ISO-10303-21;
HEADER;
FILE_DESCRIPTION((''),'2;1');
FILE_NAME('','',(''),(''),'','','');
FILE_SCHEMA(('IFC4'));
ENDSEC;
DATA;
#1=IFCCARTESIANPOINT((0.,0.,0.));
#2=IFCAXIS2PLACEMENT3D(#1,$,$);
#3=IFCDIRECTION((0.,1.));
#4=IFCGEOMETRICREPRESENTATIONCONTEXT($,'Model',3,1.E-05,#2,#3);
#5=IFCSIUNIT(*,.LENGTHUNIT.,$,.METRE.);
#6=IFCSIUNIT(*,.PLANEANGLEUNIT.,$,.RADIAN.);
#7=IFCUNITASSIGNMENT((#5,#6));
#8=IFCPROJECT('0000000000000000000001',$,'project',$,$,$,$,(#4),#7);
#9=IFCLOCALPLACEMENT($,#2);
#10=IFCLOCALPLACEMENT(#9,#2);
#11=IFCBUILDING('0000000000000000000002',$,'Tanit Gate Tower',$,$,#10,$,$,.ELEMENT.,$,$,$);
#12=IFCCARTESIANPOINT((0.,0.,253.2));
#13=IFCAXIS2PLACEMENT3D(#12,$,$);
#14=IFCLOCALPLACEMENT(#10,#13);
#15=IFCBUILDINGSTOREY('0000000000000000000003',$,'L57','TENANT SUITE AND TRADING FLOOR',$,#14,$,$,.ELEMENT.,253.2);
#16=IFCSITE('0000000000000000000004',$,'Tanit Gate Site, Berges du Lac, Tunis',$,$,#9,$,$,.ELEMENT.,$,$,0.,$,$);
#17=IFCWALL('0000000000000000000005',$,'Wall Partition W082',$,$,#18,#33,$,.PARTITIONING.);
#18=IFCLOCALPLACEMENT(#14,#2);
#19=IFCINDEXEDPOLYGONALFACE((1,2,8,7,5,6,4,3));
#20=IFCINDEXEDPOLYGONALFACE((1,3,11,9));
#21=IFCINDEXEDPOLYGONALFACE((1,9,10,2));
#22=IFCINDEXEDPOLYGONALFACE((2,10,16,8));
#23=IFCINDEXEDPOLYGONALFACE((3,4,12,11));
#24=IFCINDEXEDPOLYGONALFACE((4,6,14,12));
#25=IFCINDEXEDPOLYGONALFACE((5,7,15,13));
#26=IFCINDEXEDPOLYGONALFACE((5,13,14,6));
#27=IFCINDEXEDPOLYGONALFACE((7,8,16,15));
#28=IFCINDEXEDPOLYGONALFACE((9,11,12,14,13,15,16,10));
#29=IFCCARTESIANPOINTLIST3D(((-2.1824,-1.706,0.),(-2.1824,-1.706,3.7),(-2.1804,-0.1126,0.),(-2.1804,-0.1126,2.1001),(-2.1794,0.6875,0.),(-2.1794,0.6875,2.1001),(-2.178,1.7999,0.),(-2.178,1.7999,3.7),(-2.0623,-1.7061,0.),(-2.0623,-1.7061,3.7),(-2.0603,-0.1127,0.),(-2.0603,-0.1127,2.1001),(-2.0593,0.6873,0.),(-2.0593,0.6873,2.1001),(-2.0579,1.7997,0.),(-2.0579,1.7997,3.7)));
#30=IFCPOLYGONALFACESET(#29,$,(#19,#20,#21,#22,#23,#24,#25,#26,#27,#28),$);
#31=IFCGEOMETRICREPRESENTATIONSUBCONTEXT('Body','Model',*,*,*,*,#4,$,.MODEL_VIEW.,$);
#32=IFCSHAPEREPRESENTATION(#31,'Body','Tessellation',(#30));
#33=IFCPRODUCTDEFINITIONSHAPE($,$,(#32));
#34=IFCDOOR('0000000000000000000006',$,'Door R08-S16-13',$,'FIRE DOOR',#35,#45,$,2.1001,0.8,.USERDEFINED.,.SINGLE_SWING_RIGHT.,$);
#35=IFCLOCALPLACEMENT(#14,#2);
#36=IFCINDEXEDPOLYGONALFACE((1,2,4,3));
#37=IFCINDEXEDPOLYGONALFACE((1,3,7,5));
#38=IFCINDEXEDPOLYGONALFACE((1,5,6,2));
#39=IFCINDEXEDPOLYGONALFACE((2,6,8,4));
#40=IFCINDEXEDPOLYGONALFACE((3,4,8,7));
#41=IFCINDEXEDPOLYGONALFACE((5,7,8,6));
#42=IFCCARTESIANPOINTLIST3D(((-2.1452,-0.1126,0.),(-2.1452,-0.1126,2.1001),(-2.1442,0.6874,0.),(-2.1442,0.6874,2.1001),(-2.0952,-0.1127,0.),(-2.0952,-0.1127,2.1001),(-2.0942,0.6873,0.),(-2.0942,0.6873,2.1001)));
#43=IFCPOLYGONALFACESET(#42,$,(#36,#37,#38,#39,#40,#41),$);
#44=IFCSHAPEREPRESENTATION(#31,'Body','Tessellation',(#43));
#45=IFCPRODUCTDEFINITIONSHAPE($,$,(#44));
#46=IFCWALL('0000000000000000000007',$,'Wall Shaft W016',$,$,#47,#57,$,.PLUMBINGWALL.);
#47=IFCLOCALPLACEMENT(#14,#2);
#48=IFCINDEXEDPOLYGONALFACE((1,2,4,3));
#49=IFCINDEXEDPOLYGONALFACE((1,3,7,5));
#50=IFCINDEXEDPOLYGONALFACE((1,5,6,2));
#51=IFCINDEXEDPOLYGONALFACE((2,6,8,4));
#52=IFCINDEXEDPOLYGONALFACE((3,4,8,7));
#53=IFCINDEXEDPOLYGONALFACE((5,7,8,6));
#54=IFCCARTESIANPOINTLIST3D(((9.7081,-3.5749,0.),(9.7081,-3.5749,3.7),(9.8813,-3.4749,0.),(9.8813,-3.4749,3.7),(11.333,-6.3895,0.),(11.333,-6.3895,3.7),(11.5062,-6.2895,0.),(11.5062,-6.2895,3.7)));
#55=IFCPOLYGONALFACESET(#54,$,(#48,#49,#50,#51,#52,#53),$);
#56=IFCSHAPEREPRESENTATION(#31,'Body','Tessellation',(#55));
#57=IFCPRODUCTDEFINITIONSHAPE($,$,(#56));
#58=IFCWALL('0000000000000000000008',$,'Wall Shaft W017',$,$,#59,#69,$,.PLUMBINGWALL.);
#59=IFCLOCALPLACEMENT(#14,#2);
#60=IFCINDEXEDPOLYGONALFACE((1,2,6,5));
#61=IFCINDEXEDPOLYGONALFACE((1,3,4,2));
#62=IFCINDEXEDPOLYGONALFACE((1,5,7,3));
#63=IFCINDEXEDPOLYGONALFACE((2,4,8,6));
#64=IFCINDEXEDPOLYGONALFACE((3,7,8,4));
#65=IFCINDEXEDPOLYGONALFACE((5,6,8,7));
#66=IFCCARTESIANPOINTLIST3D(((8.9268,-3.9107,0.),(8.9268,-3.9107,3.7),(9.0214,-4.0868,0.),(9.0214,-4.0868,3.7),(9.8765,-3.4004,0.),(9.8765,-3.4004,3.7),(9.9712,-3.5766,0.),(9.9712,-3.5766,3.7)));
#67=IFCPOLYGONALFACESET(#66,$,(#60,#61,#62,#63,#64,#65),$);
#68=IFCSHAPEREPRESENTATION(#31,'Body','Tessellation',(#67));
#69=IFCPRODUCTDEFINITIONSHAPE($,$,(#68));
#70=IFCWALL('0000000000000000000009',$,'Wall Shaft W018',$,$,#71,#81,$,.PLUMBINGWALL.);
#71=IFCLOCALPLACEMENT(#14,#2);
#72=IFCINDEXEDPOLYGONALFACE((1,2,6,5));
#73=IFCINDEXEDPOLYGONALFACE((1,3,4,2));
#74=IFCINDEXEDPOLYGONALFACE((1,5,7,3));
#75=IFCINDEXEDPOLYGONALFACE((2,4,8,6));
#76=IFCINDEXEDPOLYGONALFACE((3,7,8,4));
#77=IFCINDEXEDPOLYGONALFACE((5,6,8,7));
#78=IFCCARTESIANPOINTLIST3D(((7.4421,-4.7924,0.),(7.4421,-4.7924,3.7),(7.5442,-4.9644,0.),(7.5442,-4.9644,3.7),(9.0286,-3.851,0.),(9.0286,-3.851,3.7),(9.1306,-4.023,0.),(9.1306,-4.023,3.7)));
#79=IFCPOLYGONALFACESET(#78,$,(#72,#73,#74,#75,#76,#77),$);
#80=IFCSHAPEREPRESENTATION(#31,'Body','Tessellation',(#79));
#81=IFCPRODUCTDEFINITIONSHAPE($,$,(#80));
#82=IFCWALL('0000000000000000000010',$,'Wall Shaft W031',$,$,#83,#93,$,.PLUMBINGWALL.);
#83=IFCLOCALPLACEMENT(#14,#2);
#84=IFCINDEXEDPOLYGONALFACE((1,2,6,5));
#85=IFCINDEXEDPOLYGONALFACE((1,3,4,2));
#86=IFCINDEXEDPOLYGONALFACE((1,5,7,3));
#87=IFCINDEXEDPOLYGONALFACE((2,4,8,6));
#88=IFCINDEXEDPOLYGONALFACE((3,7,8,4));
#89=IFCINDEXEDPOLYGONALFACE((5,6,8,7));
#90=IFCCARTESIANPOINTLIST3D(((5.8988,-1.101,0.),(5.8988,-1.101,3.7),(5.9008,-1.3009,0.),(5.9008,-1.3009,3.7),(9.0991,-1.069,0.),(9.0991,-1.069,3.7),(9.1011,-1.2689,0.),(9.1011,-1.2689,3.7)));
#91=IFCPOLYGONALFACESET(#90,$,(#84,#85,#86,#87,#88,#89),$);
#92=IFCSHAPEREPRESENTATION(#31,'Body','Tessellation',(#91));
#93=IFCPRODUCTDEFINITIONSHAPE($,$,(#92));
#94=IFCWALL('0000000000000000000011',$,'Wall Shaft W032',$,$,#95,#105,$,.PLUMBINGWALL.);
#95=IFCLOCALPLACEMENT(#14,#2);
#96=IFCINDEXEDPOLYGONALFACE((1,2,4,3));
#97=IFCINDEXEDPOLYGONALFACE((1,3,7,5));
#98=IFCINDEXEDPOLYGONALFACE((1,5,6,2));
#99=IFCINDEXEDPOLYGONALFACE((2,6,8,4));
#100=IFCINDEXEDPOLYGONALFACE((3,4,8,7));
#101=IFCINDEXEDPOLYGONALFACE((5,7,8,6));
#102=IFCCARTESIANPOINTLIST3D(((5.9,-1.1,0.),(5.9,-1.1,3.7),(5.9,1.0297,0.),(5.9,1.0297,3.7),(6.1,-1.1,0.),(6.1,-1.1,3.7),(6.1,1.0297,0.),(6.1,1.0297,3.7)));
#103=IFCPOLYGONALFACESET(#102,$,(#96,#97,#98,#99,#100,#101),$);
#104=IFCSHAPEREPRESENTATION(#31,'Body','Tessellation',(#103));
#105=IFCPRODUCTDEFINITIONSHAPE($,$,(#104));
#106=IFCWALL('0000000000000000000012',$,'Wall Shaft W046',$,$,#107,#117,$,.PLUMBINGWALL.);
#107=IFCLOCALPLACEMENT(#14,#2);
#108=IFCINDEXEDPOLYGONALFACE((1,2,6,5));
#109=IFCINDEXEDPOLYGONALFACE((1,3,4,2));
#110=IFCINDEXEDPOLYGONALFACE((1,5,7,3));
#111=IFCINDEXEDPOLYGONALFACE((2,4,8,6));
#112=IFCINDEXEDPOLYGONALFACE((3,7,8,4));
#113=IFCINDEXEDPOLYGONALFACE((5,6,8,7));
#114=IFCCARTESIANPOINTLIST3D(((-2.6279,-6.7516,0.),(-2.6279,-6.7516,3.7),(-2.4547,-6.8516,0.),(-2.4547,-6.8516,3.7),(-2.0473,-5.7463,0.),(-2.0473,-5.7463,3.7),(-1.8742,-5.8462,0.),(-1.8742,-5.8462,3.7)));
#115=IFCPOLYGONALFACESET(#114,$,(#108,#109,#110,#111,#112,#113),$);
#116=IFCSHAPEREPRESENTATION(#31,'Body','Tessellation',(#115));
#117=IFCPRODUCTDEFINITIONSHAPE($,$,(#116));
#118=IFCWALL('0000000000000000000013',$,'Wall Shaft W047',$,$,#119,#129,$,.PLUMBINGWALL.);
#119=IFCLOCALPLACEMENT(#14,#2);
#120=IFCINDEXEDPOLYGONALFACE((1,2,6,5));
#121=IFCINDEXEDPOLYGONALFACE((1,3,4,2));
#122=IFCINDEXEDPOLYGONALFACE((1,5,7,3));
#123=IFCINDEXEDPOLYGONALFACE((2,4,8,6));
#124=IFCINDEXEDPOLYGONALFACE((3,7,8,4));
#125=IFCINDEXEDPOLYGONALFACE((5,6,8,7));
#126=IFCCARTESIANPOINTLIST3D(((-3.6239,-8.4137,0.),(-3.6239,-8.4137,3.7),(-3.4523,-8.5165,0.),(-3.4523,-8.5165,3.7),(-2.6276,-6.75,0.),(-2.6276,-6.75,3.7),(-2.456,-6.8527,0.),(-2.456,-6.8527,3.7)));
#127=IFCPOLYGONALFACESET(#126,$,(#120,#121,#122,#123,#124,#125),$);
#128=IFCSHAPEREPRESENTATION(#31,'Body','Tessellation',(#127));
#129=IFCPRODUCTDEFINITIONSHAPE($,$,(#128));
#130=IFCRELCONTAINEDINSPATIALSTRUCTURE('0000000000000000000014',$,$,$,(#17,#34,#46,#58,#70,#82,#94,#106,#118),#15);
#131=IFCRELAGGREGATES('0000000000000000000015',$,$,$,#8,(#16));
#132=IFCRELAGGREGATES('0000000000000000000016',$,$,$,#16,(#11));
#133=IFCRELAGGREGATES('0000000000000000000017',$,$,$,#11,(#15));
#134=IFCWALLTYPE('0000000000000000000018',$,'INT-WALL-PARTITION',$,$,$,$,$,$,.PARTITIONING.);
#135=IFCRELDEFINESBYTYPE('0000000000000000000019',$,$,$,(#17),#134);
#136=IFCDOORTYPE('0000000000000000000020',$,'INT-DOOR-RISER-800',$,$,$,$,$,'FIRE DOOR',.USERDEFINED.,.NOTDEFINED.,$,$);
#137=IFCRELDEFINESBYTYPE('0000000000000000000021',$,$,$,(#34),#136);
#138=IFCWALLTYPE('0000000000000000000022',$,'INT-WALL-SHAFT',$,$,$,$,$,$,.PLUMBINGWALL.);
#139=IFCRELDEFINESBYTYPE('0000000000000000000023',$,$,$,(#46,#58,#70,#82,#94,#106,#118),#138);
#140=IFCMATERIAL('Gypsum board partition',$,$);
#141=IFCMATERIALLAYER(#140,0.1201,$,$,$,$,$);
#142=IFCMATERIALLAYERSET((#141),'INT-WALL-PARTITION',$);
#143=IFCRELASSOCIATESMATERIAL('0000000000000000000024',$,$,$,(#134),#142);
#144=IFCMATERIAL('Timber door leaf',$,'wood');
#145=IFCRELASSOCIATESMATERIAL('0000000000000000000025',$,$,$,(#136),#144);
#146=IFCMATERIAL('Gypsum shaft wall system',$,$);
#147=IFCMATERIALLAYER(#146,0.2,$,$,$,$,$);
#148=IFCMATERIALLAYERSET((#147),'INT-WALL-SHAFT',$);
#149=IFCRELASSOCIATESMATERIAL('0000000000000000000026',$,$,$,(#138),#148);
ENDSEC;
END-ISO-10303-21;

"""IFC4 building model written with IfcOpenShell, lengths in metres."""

from ifc_helpers import new_model, si_unit, direction, frame, frame_2d, origin, place, context, subcontext, project, spatial, rectangle, extrude, material, layer, layer_set, type_object, element, fill, save


model = new_model("IFC4")

# Units and contexts
model_context = context("Model", 3, precision=1e-05, world=origin(), true_north=direction((0.0, 1.0)))
body_context = subcontext(model_context, "Body", "Model", "MODEL_VIEW")
ifc_project = project(units=[si_unit("LENGTHUNIT", "METRE"), si_unit("PLANEANGLEUNIT", "RADIAN")], contexts=[model_context])

# Site, building, storey
site_placement = place(None, origin())
site = spatial("IfcSite", under=ifc_project, at=site_placement, Name="Tanit Gate Site, Berges du Lac, Tunis", CompositionType="ELEMENT", RefElevation=0.0)
building_placement = place(site_placement, origin())
building = spatial("IfcBuilding", under=site, at=building_placement, Name="Tanit Gate Tower", CompositionType="ELEMENT")
storey_placement = place(building_placement, frame((0.0, 0.0, 253.2)))
storey = spatial("IfcBuildingStorey", under=building, at=storey_placement, Name="L57", Description="TENANT SUITE AND TRADING FLOOR", CompositionType="ELEMENT", Elevation=253.2)

# Shared definitions
ifc_material_1 = material(Name="Gypsum board partition")
ifc_layer_1 = layer(ifc_material_1, 0.1201)
ifc_layer_set_1 = layer_set([ifc_layer_1], Name="INT-WALL-PARTITION")
wall_type_1 = type_object("IfcWallType", Name="INT-WALL-PARTITION", PredefinedType="PARTITIONING", material=ifc_layer_set_1)

# Shared definitions
ifc_material_2 = material(Name="Timber door leaf", Category="wood")
door_type_1 = type_object("IfcDoorType", Name="INT-DOOR-RISER-800", ElementType="FIRE DOOR", OperationType="NOTDEFINED", PredefinedType="USERDEFINED", material=ifc_material_2)

# Wall, opening, door
wall_1_placement = place(storey_placement, frame((-2.1223, -1.7061, 0.0), z_axis=(0.0, 0.0, 1.0), x_axis=(0.001253, 0.999999, 0.0)))
wall_1 = element("IfcWall", 1, at=wall_1_placement, inside=storey, type_object=wall_type_1, Name="Wall Partition W082", PredefinedType="PARTITIONING", context=body_context, shape_type="SweptSolid", body=[
    extrude(rectangle(XDim=3.5059, YDim=0.1201, at=frame_2d((1.7529, 0.0))), origin(), (0.0, 0.0, 1.0), 3.7),
])
opening_1_placement = place(wall_1_placement, frame((1.5935, 0.0, 0.0)))
opening_1 = element("IfcOpeningElement", 2, at=opening_1_placement, cuts=wall_1, PredefinedType="OPENING", context=body_context, shape_type="SweptSolid", body=[
    extrude(rectangle(XDim=0.8, YDim=2.1001, at=frame_2d((0.3999, 1.05))), frame((0.0, 0.0701, 0.0), z_axis=(0.0, -1.0, 0.0), x_axis=(1.0, 0.0, 0.0)), (0.0, 0.0, 1.0), 0.1401),
])
door_1_placement = place(opening_1_placement, origin())
door_1 = element("IfcDoor", 3, at=door_1_placement, inside=storey, type_object=door_type_1, Name="Door R08-S16-13", ObjectType="FIRE DOOR", OperationType="SINGLE_SWING_RIGHT", OverallHeight=2.1001, OverallWidth=0.8, PredefinedType="USERDEFINED", context=body_context, shape_type="SweptSolid", body=[
    extrude(rectangle(XDim=0.8, YDim=2.1001, at=frame_2d((0.3999, 1.05))), frame((0.0, 0.0249, 0.0), z_axis=(0.0, -1.0, 0.0), x_axis=(1.0, 0.0, 0.0)), (0.0, 0.0, 1.0), 0.05),
])
fill(opening_1, door_1)

# Walls
ifc_material_3 = material(Name="Gypsum shaft wall system")
ifc_layer_2 = layer(ifc_material_3, 0.2)
ifc_layer_set_2 = layer_set([ifc_layer_2], Name="INT-WALL-SHAFT")
wall_type_2 = type_object("IfcWallType", Name="INT-WALL-SHAFT", PredefinedType="PLUMBINGWALL", material=ifc_layer_set_2)
wall_2_placement = place(storey_placement, frame((9.7947, -3.5249, 0.0), z_axis=(0.0, 0.0, 1.0), x_axis=(0.499985, -0.866034, 0.0)))
element("IfcWall", 4, at=wall_2_placement, inside=storey, type_object=wall_type_2, Name="Wall Shaft W016", PredefinedType="PLUMBINGWALL", context=body_context, shape_type="SweptSolid", body=[
    extrude(rectangle(XDim=3.25, YDim=0.2, at=frame_2d((1.625, 0.0))), origin(), (0.0, 0.0, 1.0), 3.7),
])
wall_3_placement = place(storey_placement, frame((8.9741, -3.9988, 0.0), z_axis=(0.0, 0.0, 1.0), x_axis=(0.880907, 0.473289, 0.0)))
element("IfcWall", 5, at=wall_3_placement, inside=storey, type_object=wall_type_2, Name="Wall Shaft W017", PredefinedType="PLUMBINGWALL", context=body_context, shape_type="SweptSolid", body=[
    extrude(rectangle(XDim=1.0781, YDim=0.2, at=frame_2d((0.5391, 0.0))), origin(), (0.0, 0.0, 1.0), 3.7),
])
wall_4_placement = place(storey_placement, frame((7.4932, -4.8784, 0.0), z_axis=(0.0, 0.0, 1.0), x_axis=(0.859982, 0.510325, 0.0)))
element("IfcWall", 6, at=wall_4_placement, inside=storey, type_object=wall_type_2, Name="Wall Shaft W018", PredefinedType="PLUMBINGWALL", context=body_context, shape_type="SweptSolid", body=[
    extrude(rectangle(XDim=1.8447, YDim=0.2, at=frame_2d((0.9224, 0.0))), origin(), (0.0, 0.0, 1.0), 3.7),
])
wall_5_placement = place(storey_placement, frame((5.8999, -1.2009, 0.0), z_axis=(0.0, 0.0, 1.0), x_axis=(0.99995, 0.009993, 0.0)))
element("IfcWall", 7, at=wall_5_placement, inside=storey, type_object=wall_type_2, Name="Wall Shaft W031", PredefinedType="PLUMBINGWALL", context=body_context, shape_type="SweptSolid", body=[
    extrude(rectangle(XDim=3.2004, YDim=0.2, at=frame_2d((1.6001, 0.0))), origin(), (0.0, 0.0, 1.0), 3.7),
])
wall_6_placement = place(storey_placement, frame((6.0, -1.1001, 0.0), z_axis=(0.0, 0.0, 1.0), x_axis=(0.0, 1.0, 0.0)))
element("IfcWall", 8, at=wall_6_placement, inside=storey, type_object=wall_type_2, Name="Wall Shaft W032", PredefinedType="PLUMBINGWALL", context=body_context, shape_type="SweptSolid", body=[
    extrude(rectangle(XDim=2.1296, YDim=0.2, at=frame_2d((1.0649, 0.0))), origin(), (0.0, 0.0, 1.0), 3.7),
])
wall_7_placement = place(storey_placement, frame((-1.9607, -5.7961, 0.0), z_axis=(0.0, 0.0, 1.0), x_axis=(-0.500074, -0.865982, 0.0)))
element("IfcWall", 9, at=wall_7_placement, inside=storey, type_object=wall_type_2, Name="Wall Shaft W046", PredefinedType="PLUMBINGWALL", context=body_context, shape_type="SweptSolid", body=[
    extrude(rectangle(XDim=1.1609, YDim=0.2, at=frame_2d((0.5806, 0.0))), origin(), (0.0, 0.0, 1.0), 3.7),
])
wall_8_placement = place(storey_placement, frame((-2.5417, -6.8013, 0.0), z_axis=(0.0, 0.0, 1.0), x_axis=(-0.513755, -0.857937, 0.0)))
element("IfcWall", 10, at=wall_8_placement, inside=storey, type_object=wall_type_2, Name="Wall Shaft W047", PredefinedType="PLUMBINGWALL", context=body_context, shape_type="SweptSolid", body=[
    extrude(rectangle(XDim=1.9392, YDim=0.2, at=frame_2d((0.9697, 0.0))), origin(), (0.0, 0.0, 1.0), 3.7),
])

save(model, "model.ifc")
